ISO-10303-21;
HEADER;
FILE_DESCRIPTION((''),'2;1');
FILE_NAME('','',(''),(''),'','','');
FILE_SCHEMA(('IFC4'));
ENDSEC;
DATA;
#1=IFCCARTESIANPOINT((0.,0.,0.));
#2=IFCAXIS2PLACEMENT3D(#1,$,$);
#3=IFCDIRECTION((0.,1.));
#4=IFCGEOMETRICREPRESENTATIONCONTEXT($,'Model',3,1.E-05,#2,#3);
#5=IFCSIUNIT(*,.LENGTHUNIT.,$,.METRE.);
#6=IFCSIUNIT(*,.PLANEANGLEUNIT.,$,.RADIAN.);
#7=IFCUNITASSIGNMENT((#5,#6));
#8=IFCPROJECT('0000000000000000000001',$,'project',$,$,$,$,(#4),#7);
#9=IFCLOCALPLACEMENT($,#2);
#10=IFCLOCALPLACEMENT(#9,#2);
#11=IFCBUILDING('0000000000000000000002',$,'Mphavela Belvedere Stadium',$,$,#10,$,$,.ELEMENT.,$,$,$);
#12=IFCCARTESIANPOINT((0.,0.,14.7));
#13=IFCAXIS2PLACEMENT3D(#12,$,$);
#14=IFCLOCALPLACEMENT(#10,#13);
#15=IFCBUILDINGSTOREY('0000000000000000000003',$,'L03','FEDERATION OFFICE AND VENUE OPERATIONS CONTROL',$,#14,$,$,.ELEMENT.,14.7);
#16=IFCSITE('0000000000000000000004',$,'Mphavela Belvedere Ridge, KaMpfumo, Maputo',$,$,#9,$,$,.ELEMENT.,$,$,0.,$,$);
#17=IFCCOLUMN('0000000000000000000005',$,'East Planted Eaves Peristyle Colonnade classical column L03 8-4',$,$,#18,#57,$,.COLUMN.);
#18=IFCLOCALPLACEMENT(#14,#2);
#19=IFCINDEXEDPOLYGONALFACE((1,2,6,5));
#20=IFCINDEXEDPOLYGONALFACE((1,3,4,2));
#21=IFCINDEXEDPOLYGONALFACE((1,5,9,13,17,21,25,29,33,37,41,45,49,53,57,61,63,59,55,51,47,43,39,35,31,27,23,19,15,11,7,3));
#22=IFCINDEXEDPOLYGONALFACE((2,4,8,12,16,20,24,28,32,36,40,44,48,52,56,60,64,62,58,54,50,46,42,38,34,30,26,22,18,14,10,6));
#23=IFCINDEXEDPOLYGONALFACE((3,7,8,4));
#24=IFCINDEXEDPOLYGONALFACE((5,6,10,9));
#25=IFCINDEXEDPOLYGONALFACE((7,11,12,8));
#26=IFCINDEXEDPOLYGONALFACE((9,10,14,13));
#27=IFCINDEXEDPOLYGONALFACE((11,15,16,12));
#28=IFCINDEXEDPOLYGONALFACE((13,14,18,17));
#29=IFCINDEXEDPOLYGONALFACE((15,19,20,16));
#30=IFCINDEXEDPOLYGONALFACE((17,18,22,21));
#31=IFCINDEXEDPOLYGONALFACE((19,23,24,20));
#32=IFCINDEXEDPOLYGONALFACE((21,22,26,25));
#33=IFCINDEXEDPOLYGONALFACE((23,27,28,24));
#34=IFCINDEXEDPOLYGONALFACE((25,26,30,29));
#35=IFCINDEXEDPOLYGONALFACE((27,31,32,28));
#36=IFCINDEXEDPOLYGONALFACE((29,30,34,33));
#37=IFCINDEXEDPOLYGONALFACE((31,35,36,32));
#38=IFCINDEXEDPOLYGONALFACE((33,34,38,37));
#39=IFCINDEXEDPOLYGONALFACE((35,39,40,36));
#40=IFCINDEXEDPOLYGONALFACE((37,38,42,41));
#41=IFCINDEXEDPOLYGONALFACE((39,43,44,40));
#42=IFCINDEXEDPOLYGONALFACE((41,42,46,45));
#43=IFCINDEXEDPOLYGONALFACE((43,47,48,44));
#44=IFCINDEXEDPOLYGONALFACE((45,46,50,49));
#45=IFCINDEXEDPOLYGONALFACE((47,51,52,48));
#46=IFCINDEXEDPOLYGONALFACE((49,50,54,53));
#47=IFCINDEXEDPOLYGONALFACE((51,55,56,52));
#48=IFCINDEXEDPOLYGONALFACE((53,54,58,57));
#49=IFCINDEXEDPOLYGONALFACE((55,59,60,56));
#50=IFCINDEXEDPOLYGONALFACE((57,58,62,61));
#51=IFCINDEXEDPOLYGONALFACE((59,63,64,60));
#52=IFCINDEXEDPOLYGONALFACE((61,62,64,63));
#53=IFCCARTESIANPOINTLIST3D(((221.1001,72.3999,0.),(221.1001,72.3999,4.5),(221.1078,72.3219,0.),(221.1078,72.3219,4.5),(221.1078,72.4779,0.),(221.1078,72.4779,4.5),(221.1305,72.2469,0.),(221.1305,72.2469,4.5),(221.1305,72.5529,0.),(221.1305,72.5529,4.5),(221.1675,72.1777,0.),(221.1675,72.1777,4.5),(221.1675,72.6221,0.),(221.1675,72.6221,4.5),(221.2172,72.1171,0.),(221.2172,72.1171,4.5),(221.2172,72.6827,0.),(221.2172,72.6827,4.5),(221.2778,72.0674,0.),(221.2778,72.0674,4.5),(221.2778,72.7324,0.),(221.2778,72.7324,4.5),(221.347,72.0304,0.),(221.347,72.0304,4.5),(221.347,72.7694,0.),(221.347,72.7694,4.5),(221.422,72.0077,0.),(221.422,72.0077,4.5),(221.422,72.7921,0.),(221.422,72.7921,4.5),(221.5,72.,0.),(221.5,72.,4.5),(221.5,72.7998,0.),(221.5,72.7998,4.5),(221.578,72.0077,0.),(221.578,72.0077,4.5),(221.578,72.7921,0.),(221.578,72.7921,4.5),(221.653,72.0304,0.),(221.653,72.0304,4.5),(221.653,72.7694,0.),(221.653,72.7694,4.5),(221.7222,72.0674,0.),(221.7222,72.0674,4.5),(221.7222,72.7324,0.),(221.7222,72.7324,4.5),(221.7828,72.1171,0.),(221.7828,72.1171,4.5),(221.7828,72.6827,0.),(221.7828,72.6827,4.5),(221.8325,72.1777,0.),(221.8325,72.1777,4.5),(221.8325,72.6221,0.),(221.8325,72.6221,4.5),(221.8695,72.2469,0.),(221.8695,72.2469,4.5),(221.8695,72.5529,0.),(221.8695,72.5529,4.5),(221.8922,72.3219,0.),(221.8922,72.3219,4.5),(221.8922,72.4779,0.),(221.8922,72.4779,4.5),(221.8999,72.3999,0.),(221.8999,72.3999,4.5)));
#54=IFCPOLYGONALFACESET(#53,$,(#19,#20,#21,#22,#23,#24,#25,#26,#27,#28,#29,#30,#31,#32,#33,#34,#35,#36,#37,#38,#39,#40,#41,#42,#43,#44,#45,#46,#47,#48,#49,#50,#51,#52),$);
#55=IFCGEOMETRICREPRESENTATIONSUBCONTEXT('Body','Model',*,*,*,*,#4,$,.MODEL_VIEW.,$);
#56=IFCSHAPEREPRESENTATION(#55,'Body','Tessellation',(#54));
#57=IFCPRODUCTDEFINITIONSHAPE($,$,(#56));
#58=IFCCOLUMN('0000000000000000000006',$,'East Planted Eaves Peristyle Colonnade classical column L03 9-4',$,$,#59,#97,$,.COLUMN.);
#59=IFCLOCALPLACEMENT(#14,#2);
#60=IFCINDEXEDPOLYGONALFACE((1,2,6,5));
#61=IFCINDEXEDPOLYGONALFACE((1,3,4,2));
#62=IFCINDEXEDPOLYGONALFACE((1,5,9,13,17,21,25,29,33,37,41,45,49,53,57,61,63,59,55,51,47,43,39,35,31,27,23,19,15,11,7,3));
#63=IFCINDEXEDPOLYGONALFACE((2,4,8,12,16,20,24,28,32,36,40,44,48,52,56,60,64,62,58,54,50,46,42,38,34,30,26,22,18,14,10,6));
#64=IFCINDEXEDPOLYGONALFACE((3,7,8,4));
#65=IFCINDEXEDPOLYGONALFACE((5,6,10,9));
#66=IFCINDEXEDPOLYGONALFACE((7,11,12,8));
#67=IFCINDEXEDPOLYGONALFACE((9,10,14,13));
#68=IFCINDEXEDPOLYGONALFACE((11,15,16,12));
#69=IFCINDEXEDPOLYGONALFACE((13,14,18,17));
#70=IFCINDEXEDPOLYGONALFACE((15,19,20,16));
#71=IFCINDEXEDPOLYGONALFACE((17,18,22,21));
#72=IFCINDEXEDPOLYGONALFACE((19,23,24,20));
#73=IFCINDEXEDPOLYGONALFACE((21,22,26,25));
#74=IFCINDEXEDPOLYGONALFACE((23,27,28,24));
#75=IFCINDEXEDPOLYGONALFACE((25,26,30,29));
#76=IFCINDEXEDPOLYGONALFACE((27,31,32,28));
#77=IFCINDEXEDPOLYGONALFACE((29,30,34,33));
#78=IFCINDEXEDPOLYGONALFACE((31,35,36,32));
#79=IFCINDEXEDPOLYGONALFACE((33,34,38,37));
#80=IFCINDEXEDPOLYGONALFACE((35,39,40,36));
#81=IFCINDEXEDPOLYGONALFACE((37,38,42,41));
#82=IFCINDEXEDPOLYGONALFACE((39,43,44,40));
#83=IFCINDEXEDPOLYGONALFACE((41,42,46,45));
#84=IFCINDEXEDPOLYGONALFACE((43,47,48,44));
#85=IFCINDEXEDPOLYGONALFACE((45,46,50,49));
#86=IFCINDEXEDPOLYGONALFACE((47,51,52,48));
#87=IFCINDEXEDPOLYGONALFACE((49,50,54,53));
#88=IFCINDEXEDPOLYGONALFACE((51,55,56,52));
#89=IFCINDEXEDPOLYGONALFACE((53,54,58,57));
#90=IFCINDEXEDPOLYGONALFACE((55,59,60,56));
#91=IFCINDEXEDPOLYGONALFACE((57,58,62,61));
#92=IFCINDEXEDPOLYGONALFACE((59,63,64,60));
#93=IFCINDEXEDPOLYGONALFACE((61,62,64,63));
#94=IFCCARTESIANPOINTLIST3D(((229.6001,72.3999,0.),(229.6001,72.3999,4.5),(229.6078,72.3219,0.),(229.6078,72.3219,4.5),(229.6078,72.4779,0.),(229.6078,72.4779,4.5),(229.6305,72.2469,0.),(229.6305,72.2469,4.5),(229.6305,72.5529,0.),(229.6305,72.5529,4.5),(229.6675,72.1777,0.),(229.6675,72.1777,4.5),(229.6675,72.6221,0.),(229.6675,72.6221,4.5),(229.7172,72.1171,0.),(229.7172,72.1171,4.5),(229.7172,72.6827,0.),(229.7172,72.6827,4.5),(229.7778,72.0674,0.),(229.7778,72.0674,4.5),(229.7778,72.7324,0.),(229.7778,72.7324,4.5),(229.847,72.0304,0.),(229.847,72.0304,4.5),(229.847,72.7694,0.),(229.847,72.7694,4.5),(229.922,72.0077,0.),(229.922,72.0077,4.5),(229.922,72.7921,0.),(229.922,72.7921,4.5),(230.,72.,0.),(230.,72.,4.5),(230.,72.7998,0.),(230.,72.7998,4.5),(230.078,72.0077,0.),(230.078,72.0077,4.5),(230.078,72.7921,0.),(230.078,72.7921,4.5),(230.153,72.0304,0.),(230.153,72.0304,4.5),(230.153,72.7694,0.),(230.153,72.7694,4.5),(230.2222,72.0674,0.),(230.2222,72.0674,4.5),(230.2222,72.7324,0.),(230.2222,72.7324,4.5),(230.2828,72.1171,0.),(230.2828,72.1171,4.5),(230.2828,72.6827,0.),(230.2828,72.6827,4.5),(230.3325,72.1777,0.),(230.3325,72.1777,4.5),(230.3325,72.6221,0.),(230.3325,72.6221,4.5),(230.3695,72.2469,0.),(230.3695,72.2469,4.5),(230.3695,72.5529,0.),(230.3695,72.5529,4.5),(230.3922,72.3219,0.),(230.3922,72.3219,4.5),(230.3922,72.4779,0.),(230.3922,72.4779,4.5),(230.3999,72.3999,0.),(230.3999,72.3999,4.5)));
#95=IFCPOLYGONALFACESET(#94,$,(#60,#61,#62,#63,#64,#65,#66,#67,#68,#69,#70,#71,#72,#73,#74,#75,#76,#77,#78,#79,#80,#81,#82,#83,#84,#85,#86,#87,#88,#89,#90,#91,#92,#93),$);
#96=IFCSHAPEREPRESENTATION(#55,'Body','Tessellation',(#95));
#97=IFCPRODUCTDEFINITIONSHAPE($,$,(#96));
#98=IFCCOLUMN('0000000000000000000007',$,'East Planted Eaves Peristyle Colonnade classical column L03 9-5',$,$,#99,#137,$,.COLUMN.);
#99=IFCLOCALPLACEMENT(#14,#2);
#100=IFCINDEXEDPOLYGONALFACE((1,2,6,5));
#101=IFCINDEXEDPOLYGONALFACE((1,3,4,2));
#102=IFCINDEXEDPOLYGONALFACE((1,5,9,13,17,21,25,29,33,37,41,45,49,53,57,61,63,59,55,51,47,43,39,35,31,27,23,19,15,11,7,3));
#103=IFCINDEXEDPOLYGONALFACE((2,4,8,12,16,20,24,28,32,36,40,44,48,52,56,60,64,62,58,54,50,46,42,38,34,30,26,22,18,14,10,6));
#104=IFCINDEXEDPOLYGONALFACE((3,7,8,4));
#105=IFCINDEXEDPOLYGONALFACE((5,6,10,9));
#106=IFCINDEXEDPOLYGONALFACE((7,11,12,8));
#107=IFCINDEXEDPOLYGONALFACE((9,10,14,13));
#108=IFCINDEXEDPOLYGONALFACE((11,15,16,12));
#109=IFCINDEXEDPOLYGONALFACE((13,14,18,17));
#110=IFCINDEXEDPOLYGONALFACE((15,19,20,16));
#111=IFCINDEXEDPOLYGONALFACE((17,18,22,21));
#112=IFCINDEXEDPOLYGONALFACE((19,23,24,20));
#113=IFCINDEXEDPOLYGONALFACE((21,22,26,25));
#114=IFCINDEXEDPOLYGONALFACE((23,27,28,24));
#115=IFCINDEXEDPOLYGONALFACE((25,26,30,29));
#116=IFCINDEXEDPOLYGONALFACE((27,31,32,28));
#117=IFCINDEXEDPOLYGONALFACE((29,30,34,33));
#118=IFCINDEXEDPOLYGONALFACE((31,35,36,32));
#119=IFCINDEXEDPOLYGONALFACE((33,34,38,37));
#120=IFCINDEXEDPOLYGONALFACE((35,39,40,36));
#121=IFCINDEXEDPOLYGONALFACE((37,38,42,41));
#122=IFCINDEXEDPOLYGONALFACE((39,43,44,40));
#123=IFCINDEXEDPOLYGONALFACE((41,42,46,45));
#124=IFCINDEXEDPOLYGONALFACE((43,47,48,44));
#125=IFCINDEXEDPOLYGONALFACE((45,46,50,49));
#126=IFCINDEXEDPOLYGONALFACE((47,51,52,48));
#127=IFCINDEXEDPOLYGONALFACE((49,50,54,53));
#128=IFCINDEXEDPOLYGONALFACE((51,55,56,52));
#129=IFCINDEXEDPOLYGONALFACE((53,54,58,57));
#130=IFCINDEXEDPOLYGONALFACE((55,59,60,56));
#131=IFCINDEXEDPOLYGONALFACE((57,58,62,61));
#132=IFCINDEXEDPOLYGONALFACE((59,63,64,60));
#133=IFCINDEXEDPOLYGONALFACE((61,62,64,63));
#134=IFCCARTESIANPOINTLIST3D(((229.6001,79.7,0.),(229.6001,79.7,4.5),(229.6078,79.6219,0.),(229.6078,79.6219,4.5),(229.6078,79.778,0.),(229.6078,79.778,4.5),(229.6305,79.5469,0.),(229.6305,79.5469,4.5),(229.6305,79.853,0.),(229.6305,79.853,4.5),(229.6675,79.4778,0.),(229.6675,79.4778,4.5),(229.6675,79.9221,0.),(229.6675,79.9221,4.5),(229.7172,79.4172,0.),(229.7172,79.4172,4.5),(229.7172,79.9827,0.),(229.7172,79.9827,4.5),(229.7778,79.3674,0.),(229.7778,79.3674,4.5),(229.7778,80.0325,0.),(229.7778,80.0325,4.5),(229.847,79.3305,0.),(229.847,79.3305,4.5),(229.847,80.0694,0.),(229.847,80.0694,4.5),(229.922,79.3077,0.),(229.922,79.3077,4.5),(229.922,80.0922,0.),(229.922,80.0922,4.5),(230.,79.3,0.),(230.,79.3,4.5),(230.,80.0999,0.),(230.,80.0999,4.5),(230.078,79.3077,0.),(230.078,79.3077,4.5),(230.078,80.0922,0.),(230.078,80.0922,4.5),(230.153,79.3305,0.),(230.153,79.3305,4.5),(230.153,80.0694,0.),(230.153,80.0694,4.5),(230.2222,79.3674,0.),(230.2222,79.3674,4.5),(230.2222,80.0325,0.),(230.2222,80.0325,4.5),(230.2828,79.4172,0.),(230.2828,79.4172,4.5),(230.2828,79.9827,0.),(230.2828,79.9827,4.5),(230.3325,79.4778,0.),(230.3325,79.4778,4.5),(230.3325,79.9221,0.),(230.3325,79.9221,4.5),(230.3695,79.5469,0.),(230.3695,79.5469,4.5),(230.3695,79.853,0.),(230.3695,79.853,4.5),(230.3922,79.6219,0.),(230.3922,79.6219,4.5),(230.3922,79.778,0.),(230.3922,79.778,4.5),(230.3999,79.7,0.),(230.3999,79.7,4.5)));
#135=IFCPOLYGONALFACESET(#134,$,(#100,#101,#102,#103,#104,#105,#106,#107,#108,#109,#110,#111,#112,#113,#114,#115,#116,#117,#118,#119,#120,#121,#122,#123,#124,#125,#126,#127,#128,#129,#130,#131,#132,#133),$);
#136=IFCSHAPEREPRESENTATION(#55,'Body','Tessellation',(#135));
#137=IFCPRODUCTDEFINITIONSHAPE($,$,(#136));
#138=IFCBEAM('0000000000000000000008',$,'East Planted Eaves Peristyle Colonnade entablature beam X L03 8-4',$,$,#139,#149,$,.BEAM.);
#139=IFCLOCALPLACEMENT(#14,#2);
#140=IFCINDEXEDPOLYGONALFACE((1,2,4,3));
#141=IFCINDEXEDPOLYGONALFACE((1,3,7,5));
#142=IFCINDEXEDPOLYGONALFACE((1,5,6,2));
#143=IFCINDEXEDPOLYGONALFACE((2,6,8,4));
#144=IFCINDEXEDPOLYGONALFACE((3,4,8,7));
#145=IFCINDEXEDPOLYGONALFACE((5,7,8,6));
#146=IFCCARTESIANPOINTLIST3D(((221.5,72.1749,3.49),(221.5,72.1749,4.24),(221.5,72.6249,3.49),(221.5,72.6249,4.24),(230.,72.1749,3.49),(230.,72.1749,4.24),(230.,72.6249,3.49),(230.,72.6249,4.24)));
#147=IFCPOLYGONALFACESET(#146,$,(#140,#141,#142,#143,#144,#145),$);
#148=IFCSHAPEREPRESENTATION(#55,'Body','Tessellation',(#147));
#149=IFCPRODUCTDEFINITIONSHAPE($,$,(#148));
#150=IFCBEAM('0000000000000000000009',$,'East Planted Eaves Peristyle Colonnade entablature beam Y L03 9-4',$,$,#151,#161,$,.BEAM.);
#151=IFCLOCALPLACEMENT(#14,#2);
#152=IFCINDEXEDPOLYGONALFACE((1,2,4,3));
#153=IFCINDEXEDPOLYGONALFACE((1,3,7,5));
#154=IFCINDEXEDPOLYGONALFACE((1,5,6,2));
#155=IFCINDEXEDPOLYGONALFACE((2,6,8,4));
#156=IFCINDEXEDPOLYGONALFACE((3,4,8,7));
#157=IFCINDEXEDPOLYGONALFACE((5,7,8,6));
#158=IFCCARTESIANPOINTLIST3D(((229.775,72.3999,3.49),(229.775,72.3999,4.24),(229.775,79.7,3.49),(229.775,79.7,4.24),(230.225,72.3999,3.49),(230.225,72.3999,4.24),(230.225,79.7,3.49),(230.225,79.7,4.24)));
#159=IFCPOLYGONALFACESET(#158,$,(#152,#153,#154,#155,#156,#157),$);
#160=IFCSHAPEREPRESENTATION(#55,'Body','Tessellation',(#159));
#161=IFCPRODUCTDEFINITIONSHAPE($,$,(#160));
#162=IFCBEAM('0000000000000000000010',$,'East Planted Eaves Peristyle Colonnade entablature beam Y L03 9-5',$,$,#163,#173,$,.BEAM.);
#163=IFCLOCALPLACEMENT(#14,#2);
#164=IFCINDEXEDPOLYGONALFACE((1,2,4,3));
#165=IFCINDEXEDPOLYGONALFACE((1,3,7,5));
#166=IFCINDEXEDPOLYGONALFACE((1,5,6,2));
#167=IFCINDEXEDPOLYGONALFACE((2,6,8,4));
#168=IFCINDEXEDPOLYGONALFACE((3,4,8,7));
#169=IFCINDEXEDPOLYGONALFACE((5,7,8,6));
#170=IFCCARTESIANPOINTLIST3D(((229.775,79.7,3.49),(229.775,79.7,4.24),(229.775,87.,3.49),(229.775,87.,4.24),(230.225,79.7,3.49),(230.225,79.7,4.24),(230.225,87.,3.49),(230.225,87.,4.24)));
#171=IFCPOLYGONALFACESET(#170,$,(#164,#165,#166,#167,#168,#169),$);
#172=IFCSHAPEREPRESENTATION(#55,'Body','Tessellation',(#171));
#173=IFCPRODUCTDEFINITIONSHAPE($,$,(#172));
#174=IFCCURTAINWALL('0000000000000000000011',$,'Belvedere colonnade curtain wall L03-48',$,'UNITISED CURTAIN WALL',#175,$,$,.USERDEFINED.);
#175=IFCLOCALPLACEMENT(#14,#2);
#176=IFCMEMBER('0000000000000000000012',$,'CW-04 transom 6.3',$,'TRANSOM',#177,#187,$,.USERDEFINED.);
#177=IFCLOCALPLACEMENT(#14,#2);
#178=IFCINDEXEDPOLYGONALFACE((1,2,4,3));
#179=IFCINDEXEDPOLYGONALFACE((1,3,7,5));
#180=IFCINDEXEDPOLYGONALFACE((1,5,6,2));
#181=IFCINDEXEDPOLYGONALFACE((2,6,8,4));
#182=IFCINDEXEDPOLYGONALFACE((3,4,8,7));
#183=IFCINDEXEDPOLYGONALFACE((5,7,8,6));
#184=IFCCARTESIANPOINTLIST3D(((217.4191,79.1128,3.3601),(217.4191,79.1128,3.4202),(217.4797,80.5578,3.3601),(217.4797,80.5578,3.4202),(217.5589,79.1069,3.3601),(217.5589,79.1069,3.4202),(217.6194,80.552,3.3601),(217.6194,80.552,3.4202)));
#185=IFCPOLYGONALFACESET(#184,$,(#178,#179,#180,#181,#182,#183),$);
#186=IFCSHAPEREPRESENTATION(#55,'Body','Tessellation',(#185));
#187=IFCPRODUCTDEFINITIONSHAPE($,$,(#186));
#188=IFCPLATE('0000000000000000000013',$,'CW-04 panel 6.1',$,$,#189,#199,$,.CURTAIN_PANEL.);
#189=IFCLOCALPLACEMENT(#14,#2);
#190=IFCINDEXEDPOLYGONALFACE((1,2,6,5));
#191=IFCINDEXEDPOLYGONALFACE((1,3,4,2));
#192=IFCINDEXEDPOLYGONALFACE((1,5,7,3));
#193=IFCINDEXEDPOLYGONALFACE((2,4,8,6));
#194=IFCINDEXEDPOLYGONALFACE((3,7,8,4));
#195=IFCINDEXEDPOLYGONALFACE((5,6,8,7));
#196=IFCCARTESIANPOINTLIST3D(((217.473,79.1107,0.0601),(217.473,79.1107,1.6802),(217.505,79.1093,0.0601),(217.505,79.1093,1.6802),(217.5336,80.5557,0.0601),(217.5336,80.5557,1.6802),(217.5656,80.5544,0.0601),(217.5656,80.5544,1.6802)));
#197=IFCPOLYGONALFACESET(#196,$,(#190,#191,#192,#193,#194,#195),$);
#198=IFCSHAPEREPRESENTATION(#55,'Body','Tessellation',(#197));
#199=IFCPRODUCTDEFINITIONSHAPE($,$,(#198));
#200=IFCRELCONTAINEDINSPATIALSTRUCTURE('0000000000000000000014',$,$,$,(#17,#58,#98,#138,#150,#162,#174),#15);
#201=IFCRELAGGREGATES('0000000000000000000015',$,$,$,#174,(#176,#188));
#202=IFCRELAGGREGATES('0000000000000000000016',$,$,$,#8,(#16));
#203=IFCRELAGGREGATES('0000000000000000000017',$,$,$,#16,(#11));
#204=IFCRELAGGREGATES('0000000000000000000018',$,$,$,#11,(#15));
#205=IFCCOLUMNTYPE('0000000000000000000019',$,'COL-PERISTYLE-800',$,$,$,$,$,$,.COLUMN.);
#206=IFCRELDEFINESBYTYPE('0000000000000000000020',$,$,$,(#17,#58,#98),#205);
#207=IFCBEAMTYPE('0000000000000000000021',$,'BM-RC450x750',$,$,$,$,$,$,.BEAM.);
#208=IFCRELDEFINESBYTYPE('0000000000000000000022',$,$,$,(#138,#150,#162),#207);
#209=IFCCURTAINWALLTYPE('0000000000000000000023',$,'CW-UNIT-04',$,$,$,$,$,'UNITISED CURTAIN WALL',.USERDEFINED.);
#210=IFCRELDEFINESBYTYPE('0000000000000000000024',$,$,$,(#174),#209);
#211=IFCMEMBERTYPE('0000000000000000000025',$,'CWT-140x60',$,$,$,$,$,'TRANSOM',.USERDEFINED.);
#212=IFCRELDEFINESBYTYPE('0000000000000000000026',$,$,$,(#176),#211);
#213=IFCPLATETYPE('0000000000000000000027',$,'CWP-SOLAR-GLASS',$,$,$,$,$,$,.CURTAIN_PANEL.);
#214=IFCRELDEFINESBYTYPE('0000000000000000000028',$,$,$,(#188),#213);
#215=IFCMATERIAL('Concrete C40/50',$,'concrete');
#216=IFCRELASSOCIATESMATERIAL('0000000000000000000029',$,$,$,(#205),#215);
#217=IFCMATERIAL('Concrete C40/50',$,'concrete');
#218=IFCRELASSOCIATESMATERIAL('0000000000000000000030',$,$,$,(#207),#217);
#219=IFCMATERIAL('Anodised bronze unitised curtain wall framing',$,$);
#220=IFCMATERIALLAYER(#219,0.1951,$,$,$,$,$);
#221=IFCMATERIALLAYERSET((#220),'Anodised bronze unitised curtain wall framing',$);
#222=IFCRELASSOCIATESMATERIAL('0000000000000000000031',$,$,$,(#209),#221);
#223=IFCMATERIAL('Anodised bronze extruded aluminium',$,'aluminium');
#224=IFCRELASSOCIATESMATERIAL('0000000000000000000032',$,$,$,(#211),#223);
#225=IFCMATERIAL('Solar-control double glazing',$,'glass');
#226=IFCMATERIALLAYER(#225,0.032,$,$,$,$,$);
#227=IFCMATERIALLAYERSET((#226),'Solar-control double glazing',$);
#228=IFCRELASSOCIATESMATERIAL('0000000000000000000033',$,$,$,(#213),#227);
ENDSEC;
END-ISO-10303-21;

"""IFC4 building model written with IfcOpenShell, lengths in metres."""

from ifc_helpers import new_model, si_unit, direction, frame, origin, origin_2d, place, context, subcontext, project, spatial, rectangle, circle, extrude, material, layer, layer_set, material_profile, profile_set, type_object, element, aggregate, save


model = new_model("IFC4")

# Units and contexts
model_context = context("Model", 3, precision=1e-05, world=origin(), true_north=direction((0.0, 1.0)))
body_context = subcontext(model_context, "Body", "Model", "MODEL_VIEW")
ifc_project = project(units=[si_unit("LENGTHUNIT", "METRE"), si_unit("PLANEANGLEUNIT", "RADIAN")], contexts=[model_context])

# Site, building, storey
site_placement = place(None, origin())
site = spatial("IfcSite", under=ifc_project, at=site_placement, Name="Mphavela Belvedere Ridge, KaMpfumo, Maputo", CompositionType="ELEMENT", RefElevation=0.0)
building_placement = place(site_placement, origin())
building = spatial("IfcBuilding", under=site, at=building_placement, Name="Mphavela Belvedere Stadium", CompositionType="ELEMENT")
storey_placement = place(building_placement, frame((0.0, 0.0, 14.7)))
storey = spatial("IfcBuildingStorey", under=building, at=storey_placement, Name="L03", Description="FEDERATION OFFICE AND VENUE OPERATIONS CONTROL", CompositionType="ELEMENT", Elevation=14.7)

# Columns
ifc_material_1 = material(Name="Concrete C40/50", Category="concrete")
ifc_material_profile_1 = material_profile(ifc_material_1, circle(Radius=0.3999, at=origin_2d()), Name="COL D800")
ifc_profile_set_1 = profile_set([ifc_material_profile_1], Name="Concrete C40/50")
column_type = type_object("IfcColumnType", Name="COL-PERISTYLE-800", PredefinedType="COLUMN", material=ifc_profile_set_1)
for number, where, z_axis, x_axis, name in (
    (1, (221.5, 72.3999, 0.0), (0.0, 0.0, 1.0), (1.0, 0.0, 0.0), "East Planted Eaves Peristyle Colonnade classical column L03 8-4"),
    (2, (230.0, 72.3999, 0.0), (0.0, 0.0, 1.0), (1.0, 0.0, 0.0), "East Planted Eaves Peristyle Colonnade classical column L03 9-4"),
    (3, (230.0, 79.7, 0.0), (0.0, 0.0, 1.0), (1.0, 0.0, 0.0), "East Planted Eaves Peristyle Colonnade classical column L03 9-5"),
):
    element("IfcColumn", number, at=place(storey_placement, frame(where, z_axis=z_axis, x_axis=x_axis)), inside=storey, type_object=column_type, Name=name, PredefinedType="COLUMN", context=body_context, shape_type="SweptSolid", body=[
        extrude(circle(Radius=0.3999, at=origin_2d()), origin(), (0.0, 0.0, 1.0), 4.5),
    ])

# Beams
ifc_material_2 = material(Name="Concrete C40/50", Category="concrete")
ifc_material_profile_2 = material_profile(ifc_material_2, rectangle(XDim=0.45, YDim=0.75, at=origin_2d()), Name="RC 450x750")
ifc_profile_set_2 = profile_set([ifc_material_profile_2], Name="Concrete C40/50")
beam_type = type_object("IfcBeamType", Name="BM-RC450x750", PredefinedType="BEAM", material=ifc_profile_set_2)
beam_placement = place(storey_placement, frame((221.5, 72.3999, 3.865), z_axis=(1.0, 0.0, 0.0), x_axis=(0.0, 1.0, 0.0)))
element("IfcBeam", 4, at=beam_placement, inside=storey, type_object=beam_type, Name="East Planted Eaves Peristyle Colonnade entablature beam X L03 8-4", PredefinedType="BEAM", context=body_context, shape_type="SweptSolid", body=[
    extrude(rectangle(XDim=0.45, YDim=0.75, at=origin_2d()), origin(), (0.0, 0.0, 1.0), 8.5),
])
for number, where, z_axis, x_axis, name in (
    (5, (230.0, 72.3999, 3.865), (0.0, 1.0, 0.0), (-1.0, 0.0, 0.0), "East Planted Eaves Peristyle Colonnade entablature beam Y L03 9-4"),
    (6, (230.0, 79.7, 3.865), (0.0, 1.0, 0.0), (-1.0, 0.0, 0.0), "East Planted Eaves Peristyle Colonnade entablature beam Y L03 9-5"),
):
    element("IfcBeam", number, at=place(storey_placement, frame(where, z_axis=z_axis, x_axis=x_axis)), inside=storey, type_object=beam_type, Name=name, PredefinedType="BEAM", context=body_context, shape_type="SweptSolid", body=[
        extrude(rectangle(XDim=0.45, YDim=0.75, at=origin_2d()), origin(), (0.0, 0.0, 1.0), 7.3),
    ])

# Curtain wall, member, plate
ifc_material_3 = material(Name="Anodised bronze unitised curtain wall framing")
ifc_layer_1 = layer(ifc_material_3, 0.1951)
ifc_layer_set_1 = layer_set([ifc_layer_1], Name="Anodised bronze unitised curtain wall framing")
curtain_wall_type = type_object("IfcCurtainWallType", Name="CW-UNIT-04", ElementType="UNITISED CURTAIN WALL", PredefinedType="USERDEFINED", material=ifc_layer_set_1)
curtain_wall_placement = place(storey_placement, origin())
curtain_wall = element("IfcCurtainWall", 7, at=curtain_wall_placement, inside=storey, type_object=curtain_wall_type, Name="Belvedere colonnade curtain wall L03-48", ObjectType="UNITISED CURTAIN WALL", PredefinedType="USERDEFINED")
ifc_material_4 = material(Name="Anodised bronze extruded aluminium", Category="aluminium")
ifc_material_profile_3 = material_profile(ifc_material_4, rectangle(XDim=0.1399, YDim=0.0601, at=origin_2d()), Name="CW-TRN 140x60")
ifc_profile_set_3 = profile_set([ifc_material_profile_3], Name="Anodised bronze extruded aluminium")
member_type = type_object("IfcMemberType", Name="CWT-140x60", ElementType="TRANSOM", PredefinedType="USERDEFINED", material=ifc_profile_set_3)
member_placement = place(storey_placement, frame((217.489, 79.1099, 3.3901), z_axis=(0.041862, 0.999123, 0.0), x_axis=(-0.999123, 0.041862, 0.0)))
member = element("IfcMember", 8, at=member_placement, type_object=member_type, Name="CW-04 transom 6.3", ObjectType="TRANSOM", PredefinedType="USERDEFINED", context=body_context, shape_type="SweptSolid", body=[
    extrude(rectangle(XDim=0.1399, YDim=0.0601, at=origin_2d()), origin(), (0.0, 0.0, 1.0), 1.4463),
])
ifc_material_5 = material(Name="Solar-control double glazing", Category="glass")
ifc_layer_2 = layer(ifc_material_5, 0.032)
ifc_layer_set_2 = layer_set([ifc_layer_2], Name="Solar-control double glazing")
plate_type = type_object("IfcPlateType", Name="CWP-SOLAR-GLASS", PredefinedType="CURTAIN_PANEL", material=ifc_layer_set_2)
plate_placement = place(storey_placement, frame((217.5193, 79.8325, 0.0601), z_axis=(0.0, 0.0, 1.0), x_axis=(0.041911, 0.999121, 0.0)))
plate = element("IfcPlate", 9, at=plate_placement, type_object=plate_type, Name="CW-04 panel 6.1", PredefinedType="CURTAIN_PANEL", context=body_context, shape_type="SweptSolid", body=[
    extrude(rectangle(XDim=1.4463, YDim=0.032, at=origin_2d()), origin(), (0.0, 0.0, 1.0), 1.6201),
])
aggregate(curtain_wall, [member, plate])

save(model, "model.ifc")
